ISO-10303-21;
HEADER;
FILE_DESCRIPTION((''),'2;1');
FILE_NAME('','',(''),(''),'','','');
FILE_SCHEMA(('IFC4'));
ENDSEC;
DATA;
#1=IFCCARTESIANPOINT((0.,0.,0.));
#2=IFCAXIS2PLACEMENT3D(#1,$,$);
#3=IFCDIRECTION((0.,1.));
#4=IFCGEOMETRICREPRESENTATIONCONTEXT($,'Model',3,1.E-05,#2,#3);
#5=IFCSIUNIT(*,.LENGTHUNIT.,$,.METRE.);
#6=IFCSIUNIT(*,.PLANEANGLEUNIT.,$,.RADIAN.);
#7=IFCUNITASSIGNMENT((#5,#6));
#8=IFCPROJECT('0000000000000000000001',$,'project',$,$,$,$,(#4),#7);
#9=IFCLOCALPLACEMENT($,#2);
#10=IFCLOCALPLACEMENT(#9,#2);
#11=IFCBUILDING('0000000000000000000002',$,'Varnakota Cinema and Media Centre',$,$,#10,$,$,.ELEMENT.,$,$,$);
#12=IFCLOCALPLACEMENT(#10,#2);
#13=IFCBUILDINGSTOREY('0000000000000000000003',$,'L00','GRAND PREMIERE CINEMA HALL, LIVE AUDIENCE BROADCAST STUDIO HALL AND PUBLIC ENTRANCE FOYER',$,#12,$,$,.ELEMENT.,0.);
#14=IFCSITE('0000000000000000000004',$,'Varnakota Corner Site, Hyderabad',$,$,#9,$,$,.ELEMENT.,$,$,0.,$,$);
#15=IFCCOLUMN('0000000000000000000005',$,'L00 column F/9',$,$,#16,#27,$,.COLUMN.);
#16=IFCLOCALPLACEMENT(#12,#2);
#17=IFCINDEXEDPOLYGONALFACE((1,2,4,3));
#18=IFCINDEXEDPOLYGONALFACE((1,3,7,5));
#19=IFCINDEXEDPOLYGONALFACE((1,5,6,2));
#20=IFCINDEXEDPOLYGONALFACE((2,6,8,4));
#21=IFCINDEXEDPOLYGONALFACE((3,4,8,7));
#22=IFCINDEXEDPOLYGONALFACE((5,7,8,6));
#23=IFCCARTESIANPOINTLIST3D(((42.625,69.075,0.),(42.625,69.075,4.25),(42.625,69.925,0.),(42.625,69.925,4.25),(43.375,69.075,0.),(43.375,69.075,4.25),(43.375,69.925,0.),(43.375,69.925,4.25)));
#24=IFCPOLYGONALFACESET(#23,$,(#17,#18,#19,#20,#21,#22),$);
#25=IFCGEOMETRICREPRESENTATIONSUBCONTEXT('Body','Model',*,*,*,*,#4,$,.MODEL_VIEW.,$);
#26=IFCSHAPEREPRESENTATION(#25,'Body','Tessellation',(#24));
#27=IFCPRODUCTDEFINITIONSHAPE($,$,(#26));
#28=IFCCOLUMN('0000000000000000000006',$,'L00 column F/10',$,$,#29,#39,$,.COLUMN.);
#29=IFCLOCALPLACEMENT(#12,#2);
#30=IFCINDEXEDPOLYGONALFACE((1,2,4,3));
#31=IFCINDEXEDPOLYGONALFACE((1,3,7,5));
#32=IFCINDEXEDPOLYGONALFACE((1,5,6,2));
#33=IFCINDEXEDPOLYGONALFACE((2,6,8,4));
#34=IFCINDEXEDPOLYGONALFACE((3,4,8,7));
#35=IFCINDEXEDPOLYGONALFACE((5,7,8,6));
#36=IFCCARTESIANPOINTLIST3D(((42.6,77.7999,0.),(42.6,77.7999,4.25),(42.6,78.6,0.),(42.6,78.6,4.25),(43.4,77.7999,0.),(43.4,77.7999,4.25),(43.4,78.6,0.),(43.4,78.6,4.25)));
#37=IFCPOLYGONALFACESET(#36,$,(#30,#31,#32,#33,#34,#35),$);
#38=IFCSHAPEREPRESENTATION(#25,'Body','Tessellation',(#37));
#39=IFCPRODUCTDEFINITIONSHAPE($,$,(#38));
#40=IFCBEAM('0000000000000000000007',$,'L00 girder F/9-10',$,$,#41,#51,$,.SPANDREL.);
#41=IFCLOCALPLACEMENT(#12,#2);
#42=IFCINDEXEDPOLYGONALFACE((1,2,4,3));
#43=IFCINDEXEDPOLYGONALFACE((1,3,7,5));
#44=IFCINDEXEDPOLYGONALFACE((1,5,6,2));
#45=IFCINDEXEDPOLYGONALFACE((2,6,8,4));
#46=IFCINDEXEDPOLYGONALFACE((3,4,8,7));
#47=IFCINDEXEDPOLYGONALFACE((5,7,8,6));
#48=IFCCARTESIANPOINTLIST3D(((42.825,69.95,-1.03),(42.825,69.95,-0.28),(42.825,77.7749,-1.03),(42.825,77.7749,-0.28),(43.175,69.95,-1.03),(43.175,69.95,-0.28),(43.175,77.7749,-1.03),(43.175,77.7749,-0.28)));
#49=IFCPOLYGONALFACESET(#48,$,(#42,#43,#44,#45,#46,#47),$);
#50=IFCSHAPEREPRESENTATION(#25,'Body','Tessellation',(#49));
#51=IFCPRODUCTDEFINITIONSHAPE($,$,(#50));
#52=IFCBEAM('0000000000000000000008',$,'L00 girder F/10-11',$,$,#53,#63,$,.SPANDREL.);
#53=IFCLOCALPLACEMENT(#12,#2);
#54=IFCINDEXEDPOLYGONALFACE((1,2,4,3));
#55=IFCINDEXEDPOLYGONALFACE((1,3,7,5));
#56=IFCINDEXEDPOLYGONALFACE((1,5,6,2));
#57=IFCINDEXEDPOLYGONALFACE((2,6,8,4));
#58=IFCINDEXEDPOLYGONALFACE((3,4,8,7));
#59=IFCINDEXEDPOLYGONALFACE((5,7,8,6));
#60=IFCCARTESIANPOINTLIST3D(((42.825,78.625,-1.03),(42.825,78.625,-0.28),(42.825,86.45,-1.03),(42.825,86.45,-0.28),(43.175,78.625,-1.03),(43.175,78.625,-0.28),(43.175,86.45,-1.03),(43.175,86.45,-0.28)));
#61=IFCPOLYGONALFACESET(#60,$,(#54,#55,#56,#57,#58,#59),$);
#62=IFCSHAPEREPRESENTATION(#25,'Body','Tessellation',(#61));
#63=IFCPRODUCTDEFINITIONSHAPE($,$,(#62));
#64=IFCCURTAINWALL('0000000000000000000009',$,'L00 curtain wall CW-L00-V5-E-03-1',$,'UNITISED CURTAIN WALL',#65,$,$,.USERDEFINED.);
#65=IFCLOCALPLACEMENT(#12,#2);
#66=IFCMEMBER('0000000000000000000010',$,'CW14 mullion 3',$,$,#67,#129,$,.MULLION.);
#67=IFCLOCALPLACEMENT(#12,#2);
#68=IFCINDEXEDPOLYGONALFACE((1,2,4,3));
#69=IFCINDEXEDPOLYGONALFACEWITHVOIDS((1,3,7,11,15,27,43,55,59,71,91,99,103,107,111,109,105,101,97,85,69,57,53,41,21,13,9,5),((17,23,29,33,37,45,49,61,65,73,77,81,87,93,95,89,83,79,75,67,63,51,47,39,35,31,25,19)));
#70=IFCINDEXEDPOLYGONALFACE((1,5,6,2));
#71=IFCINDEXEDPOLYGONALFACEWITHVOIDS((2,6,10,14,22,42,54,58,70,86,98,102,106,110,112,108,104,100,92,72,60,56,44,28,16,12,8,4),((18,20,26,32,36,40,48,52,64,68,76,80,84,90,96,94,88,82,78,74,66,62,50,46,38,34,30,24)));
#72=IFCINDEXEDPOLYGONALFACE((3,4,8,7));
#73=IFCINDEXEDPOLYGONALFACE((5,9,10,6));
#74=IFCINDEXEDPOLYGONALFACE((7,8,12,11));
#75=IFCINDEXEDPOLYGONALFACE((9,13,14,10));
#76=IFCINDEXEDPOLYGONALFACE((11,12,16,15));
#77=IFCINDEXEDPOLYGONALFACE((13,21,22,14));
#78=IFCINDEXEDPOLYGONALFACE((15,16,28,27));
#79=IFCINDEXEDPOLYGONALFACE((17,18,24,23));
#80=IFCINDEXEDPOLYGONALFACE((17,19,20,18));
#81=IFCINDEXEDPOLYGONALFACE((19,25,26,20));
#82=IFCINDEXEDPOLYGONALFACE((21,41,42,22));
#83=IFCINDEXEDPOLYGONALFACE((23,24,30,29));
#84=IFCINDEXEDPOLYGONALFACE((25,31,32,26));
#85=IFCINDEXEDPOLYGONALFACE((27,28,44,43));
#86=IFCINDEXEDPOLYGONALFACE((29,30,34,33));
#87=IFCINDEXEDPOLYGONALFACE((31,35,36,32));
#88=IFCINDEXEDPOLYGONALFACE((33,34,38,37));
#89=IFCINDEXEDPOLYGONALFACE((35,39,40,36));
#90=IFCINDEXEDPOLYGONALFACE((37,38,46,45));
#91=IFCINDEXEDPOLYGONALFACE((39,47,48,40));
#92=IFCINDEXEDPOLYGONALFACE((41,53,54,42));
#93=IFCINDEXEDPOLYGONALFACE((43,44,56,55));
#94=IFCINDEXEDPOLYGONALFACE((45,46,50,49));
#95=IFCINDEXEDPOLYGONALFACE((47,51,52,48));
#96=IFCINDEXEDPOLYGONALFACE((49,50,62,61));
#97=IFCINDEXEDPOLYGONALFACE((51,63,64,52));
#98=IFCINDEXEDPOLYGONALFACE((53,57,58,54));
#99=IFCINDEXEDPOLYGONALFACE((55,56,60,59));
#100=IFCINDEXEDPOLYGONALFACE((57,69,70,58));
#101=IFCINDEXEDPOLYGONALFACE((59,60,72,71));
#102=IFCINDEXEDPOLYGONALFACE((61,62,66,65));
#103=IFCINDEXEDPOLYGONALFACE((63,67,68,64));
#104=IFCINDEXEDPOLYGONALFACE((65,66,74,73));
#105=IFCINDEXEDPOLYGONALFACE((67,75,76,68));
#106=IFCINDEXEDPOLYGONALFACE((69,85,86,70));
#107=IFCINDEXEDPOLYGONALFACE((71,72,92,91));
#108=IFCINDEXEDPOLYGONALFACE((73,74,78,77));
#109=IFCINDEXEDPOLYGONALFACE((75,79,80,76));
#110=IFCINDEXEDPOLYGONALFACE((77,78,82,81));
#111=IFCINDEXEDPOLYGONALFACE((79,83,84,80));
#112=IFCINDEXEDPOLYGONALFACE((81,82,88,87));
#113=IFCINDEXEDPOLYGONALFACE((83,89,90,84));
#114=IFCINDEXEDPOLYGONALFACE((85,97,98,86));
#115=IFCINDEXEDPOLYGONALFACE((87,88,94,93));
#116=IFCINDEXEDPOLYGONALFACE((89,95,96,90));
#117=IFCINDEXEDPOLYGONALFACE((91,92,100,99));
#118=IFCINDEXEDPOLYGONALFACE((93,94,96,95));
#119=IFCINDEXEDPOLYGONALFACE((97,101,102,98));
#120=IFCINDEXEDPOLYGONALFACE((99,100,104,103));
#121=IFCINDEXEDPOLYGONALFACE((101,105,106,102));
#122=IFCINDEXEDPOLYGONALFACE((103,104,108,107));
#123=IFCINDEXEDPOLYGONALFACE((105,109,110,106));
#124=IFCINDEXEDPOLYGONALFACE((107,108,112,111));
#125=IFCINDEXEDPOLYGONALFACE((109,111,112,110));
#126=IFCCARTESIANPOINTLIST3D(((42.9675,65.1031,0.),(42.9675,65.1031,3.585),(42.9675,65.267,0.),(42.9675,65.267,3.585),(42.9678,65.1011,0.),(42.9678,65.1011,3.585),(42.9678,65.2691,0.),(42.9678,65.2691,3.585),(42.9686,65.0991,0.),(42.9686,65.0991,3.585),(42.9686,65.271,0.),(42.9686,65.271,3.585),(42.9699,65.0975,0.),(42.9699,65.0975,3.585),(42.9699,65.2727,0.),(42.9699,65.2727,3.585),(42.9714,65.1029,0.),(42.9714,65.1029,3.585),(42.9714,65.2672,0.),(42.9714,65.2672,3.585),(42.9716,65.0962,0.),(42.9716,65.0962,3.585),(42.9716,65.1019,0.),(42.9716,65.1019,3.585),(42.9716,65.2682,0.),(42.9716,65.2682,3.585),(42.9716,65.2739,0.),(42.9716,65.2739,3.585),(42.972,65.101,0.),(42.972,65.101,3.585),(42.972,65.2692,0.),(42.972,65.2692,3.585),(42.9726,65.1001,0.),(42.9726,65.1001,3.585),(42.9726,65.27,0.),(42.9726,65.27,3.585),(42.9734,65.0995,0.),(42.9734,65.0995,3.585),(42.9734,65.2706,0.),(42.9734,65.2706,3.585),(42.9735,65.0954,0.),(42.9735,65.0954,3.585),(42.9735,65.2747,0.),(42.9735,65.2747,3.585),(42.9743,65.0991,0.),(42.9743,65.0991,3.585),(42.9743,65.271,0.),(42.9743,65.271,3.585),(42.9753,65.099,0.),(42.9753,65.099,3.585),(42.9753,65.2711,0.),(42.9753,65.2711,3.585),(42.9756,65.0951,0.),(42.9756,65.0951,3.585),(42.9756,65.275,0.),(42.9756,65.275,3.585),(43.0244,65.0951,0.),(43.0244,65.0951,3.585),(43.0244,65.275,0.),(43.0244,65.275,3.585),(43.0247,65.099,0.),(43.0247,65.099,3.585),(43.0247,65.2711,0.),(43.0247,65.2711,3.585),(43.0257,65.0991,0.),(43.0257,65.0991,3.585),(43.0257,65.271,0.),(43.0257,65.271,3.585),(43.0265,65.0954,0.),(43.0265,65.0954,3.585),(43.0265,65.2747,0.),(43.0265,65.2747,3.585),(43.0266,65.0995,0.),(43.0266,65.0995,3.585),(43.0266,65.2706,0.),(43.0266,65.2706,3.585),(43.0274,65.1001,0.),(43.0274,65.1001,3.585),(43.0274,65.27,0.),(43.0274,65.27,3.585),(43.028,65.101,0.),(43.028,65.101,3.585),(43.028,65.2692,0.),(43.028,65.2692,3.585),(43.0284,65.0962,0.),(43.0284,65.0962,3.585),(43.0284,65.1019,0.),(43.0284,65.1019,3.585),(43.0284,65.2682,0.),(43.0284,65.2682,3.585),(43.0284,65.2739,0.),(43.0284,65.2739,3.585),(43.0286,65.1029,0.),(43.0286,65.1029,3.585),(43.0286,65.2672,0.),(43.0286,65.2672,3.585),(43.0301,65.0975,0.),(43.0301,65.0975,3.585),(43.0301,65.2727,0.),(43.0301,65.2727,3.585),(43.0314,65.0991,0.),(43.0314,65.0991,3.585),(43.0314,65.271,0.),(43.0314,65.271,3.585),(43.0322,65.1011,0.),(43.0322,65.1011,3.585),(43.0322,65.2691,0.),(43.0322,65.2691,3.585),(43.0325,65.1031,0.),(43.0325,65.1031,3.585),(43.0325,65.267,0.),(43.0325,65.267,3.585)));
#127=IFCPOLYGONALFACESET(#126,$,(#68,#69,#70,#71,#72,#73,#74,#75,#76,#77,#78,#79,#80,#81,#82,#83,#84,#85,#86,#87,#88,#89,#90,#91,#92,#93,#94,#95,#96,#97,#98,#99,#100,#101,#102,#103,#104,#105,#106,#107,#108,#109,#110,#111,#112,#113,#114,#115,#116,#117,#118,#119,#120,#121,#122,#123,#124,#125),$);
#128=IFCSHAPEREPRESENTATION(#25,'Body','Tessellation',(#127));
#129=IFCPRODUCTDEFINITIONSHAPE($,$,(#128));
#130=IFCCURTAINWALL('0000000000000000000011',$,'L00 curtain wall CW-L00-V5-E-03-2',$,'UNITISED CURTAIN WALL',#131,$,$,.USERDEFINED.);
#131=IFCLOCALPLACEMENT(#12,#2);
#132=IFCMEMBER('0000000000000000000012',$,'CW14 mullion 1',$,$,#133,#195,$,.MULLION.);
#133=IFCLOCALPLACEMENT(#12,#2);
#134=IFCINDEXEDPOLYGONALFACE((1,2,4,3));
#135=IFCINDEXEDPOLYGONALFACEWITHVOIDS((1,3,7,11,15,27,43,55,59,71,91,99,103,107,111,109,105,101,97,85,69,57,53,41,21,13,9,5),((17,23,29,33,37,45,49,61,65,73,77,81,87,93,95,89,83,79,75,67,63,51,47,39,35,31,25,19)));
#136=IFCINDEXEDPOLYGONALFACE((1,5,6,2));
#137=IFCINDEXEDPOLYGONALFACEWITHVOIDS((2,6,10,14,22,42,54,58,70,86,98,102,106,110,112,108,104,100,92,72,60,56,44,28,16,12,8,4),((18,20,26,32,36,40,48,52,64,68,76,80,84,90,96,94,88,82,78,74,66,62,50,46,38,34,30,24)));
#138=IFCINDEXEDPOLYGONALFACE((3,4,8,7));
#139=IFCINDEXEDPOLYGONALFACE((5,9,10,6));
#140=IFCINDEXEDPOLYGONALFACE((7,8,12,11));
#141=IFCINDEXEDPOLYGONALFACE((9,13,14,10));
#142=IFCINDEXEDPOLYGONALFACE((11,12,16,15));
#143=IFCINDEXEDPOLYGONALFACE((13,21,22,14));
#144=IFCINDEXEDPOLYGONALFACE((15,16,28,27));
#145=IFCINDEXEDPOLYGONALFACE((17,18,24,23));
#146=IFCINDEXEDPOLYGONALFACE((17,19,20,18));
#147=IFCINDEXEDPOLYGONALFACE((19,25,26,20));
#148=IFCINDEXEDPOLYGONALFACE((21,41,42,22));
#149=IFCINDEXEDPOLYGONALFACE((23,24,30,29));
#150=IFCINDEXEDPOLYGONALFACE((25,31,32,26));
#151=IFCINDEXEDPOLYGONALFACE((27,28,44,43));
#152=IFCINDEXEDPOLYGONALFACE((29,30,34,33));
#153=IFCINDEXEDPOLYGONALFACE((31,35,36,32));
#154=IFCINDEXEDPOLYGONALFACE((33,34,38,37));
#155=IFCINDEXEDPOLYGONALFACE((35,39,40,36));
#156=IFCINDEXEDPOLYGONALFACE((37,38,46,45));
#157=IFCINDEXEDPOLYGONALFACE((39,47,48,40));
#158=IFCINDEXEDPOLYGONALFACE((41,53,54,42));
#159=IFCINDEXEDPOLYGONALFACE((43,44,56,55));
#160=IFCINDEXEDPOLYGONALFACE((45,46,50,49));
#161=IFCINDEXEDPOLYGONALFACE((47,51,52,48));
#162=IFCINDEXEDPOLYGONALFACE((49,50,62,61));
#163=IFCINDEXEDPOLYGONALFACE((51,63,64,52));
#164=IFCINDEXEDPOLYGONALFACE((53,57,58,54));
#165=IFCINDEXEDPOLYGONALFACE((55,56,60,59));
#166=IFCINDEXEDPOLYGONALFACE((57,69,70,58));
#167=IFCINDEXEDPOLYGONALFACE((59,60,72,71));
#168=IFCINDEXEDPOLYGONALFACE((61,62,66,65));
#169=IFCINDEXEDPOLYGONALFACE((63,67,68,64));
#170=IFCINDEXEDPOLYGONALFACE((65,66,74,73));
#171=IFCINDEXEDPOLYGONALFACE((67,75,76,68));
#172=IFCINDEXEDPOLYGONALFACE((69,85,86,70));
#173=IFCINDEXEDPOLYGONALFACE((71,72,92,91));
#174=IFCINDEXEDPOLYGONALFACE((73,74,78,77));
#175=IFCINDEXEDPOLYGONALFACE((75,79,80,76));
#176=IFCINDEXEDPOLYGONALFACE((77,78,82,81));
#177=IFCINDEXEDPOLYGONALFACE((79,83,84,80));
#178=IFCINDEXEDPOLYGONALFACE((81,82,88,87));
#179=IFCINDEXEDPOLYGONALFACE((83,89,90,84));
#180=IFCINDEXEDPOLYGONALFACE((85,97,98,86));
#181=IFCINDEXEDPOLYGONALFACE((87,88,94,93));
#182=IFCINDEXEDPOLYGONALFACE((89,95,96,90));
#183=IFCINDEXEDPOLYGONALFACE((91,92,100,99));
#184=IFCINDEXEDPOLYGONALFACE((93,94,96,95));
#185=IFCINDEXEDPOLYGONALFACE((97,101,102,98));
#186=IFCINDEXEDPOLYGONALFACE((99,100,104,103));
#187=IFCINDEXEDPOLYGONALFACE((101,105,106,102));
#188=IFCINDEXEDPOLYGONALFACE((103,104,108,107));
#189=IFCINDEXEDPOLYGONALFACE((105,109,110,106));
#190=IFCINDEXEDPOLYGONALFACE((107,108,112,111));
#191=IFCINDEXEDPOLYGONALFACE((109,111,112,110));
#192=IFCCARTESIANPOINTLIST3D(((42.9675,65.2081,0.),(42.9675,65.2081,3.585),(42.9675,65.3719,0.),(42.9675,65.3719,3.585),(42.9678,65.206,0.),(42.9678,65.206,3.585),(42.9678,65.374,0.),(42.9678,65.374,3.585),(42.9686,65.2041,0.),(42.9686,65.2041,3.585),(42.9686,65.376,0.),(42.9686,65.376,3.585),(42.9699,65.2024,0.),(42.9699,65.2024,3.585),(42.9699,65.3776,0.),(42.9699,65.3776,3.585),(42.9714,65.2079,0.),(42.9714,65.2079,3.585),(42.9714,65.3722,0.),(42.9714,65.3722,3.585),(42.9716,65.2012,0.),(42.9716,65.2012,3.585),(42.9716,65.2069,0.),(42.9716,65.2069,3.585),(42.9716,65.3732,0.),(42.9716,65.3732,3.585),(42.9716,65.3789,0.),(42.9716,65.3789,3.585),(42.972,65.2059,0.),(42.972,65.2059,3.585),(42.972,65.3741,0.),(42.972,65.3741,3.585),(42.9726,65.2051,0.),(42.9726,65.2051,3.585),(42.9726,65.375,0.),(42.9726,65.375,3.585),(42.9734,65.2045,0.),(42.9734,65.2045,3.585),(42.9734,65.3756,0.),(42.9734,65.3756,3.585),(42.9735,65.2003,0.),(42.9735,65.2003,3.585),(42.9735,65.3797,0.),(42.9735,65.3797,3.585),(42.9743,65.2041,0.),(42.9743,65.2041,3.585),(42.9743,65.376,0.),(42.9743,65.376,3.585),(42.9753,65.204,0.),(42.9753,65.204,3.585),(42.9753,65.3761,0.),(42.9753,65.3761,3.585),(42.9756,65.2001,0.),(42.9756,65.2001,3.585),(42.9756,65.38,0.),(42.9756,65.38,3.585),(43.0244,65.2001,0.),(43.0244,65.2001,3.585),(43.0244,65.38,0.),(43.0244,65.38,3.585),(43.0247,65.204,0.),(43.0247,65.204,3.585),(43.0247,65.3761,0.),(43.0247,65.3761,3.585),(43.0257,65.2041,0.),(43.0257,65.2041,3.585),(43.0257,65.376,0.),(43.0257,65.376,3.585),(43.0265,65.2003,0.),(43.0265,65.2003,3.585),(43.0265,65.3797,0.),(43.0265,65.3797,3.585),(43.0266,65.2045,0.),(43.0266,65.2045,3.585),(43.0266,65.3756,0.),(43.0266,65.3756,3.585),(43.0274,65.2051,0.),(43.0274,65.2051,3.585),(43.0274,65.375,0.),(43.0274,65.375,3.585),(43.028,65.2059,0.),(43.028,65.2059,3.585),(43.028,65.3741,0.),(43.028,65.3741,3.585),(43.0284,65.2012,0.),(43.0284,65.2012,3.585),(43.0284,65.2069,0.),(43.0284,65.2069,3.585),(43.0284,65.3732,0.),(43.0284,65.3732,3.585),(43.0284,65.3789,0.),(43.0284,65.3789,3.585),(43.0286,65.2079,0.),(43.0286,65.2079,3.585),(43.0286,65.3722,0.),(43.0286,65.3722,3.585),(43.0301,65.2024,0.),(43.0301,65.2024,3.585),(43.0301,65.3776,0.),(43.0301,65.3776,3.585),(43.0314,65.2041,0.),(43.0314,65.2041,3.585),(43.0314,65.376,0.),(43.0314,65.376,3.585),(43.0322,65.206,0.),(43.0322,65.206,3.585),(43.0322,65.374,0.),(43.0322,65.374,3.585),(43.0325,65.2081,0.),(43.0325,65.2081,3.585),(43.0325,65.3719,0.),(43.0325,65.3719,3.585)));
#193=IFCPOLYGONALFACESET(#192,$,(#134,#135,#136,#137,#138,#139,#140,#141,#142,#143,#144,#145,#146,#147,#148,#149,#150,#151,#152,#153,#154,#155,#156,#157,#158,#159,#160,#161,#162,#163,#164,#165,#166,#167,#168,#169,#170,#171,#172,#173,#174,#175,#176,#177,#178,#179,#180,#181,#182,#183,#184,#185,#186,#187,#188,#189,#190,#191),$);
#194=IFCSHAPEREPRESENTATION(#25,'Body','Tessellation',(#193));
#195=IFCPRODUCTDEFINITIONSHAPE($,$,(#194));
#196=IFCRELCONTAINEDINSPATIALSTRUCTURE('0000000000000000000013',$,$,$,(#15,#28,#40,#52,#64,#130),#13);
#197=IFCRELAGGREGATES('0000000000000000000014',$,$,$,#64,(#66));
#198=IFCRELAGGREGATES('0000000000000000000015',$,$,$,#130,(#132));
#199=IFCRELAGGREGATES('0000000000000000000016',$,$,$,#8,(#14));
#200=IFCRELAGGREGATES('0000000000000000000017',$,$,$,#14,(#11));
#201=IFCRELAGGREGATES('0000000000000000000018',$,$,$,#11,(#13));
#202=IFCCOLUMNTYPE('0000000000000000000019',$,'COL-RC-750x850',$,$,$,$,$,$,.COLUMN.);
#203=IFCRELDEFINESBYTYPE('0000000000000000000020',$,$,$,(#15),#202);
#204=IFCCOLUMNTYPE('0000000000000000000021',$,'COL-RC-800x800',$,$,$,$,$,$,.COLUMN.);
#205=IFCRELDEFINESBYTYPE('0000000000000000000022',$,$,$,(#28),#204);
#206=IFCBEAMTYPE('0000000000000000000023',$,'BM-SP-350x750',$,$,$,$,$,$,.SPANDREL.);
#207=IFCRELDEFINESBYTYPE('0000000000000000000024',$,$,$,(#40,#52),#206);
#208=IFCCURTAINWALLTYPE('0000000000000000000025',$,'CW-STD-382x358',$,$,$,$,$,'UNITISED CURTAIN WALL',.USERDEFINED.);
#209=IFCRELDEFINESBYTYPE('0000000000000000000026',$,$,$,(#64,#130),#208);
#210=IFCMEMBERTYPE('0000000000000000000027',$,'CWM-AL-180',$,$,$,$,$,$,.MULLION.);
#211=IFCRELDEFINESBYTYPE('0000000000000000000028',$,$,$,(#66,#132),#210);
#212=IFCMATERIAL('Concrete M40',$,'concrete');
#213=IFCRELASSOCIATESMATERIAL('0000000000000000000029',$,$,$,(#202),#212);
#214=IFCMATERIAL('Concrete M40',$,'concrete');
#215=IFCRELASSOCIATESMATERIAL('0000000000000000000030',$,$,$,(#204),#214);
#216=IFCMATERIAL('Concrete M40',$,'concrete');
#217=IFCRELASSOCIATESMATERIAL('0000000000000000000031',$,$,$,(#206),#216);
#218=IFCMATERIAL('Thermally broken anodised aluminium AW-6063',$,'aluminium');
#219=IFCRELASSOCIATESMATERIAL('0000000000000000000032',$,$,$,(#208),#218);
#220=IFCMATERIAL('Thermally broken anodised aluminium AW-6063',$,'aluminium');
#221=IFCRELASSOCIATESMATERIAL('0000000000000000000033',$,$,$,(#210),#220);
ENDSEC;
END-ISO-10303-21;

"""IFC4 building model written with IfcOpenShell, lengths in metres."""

from ifc_helpers import new_model, si_unit, direction, frame, origin, origin_2d, place, context, subcontext, project, spatial, rectangle, hollow_rectangle, extrude, material, material_profile, profile_set, type_object, element, aggregate, save


model = new_model("IFC4")

# Units and contexts
model_context = context("Model", 3, precision=1e-05, world=origin(), true_north=direction((0.0, 1.0)))
body_context = subcontext(model_context, "Body", "Model", "MODEL_VIEW")
ifc_project = project(units=[si_unit("LENGTHUNIT", "METRE"), si_unit("PLANEANGLEUNIT", "RADIAN")], contexts=[model_context])

# Site, building, storey
site_placement = place(None, origin())
site = spatial("IfcSite", under=ifc_project, at=site_placement, Name="Varnakota Corner Site, Hyderabad", CompositionType="ELEMENT", RefElevation=0.0)
building_placement = place(site_placement, origin())
building = spatial("IfcBuilding", under=site, at=building_placement, Name="Varnakota Cinema and Media Centre", CompositionType="ELEMENT")
storey_placement = place(building_placement, origin())
storey = spatial("IfcBuildingStorey", under=building, at=storey_placement, Name="L00", Description="GRAND PREMIERE CINEMA HALL, LIVE AUDIENCE BROADCAST STUDIO HALL AND PUBLIC ENTRANCE FOYER", CompositionType="ELEMENT", Elevation=0.0)

# Columns
ifc_material_1 = material(Name="Concrete M40", Category="concrete")
ifc_material_profile_1 = material_profile(ifc_material_1, rectangle(XDim=0.75, YDim=0.8501, at=origin_2d()), Name="RC 750x850")
ifc_profile_set_1 = profile_set([ifc_material_profile_1], Name="Concrete M40")
column_type_1 = type_object("IfcColumnType", Name="COL-RC-750x850", PredefinedType="COLUMN", material=ifc_profile_set_1)
column_1_placement = place(storey_placement, frame((43.0, 69.5, 0.0), z_axis=(0.0, 0.0, 1.0), x_axis=(1.0, 0.0, 0.0)))
element("IfcColumn", 1, at=column_1_placement, inside=storey, type_object=column_type_1, Name="L00 column F/9", PredefinedType="COLUMN", context=body_context, shape_type="SweptSolid", body=[
    extrude(rectangle(XDim=0.75, YDim=0.8501, at=origin_2d()), origin(), (0.0, 0.0, 1.0), 4.25),
])
ifc_material_2 = material(Name="Concrete M40", Category="concrete")
ifc_material_profile_2 = material_profile(ifc_material_2, rectangle(XDim=0.8, YDim=0.8, at=origin_2d()), Name="RC 800x800")
ifc_profile_set_2 = profile_set([ifc_material_profile_2], Name="Concrete M40")
column_type_2 = type_object("IfcColumnType", Name="COL-RC-800x800", PredefinedType="COLUMN", material=ifc_profile_set_2)
column_2_placement = place(storey_placement, frame((43.0, 78.2, 0.0), z_axis=(0.0, 0.0, 1.0), x_axis=(1.0, 0.0, 0.0)))
element("IfcColumn", 2, at=column_2_placement, inside=storey, type_object=column_type_2, Name="L00 column F/10", PredefinedType="COLUMN", context=body_context, shape_type="SweptSolid", body=[
    extrude(rectangle(XDim=0.8, YDim=0.8, at=origin_2d()), origin(), (0.0, 0.0, 1.0), 4.25),
])

# Beams
ifc_material_3 = material(Name="Concrete M40", Category="concrete")
ifc_material_profile_3 = material_profile(ifc_material_3, rectangle(XDim=0.3501, YDim=0.75, at=origin_2d()), Name="RCB 350x750")
ifc_profile_set_3 = profile_set([ifc_material_profile_3], Name="Concrete M40")
beam_type = type_object("IfcBeamType", Name="BM-SP-350x750", PredefinedType="SPANDREL", material=ifc_profile_set_3)
for number, where, z_axis, x_axis, name in (
    (3, (43.0, 69.95, -0.655), (0.0, 1.0, 0.0), (-1.0, 0.0, 0.0), "L00 girder F/9-10"),
    (4, (43.0, 78.625, -0.655), (0.0, 1.0, 0.0), (-1.0, 0.0, 0.0), "L00 girder F/10-11"),
):
    element("IfcBeam", number, at=place(storey_placement, frame(where, z_axis=z_axis, x_axis=x_axis)), inside=storey, type_object=beam_type, Name=name, PredefinedType="SPANDREL", context=body_context, shape_type="SweptSolid", body=[
        extrude(rectangle(XDim=0.3501, YDim=0.75, at=origin_2d()), origin(), (0.0, 0.0, 1.0), 7.825),
    ])

# Curtain wall, member
ifc_material_4 = material(Name="Thermally broken anodised aluminium AW-6063", Category="aluminium")
curtain_wall_type = type_object("IfcCurtainWallType", Name="CW-STD-382x358", ElementType="UNITISED CURTAIN WALL", PredefinedType="USERDEFINED", material=ifc_material_4)
curtain_wall_1_placement = place(storey_placement, origin())
curtain_wall_1 = element("IfcCurtainWall", 5, at=curtain_wall_1_placement, inside=storey, type_object=curtain_wall_type, Name="L00 curtain wall CW-L00-V5-E-03-1", ObjectType="UNITISED CURTAIN WALL", PredefinedType="USERDEFINED")
ifc_material_5 = material(Name="Thermally broken anodised aluminium AW-6063", Category="aluminium")
ifc_material_profile_4 = material_profile(ifc_material_5, hollow_rectangle(XDim=0.0649, YDim=0.1799, WallThickness=0.0039, InnerFilletRadius=0.0039, OuterFilletRadius=0.0081, at=origin_2d()), Name="AL-MULLION 180x65x4")
ifc_profile_set_4 = profile_set([ifc_material_profile_4], Name="Thermally broken anodised aluminium AW-6063")
member_type_1 = type_object("IfcMemberType", Name="CWM-AL-180", PredefinedType="MULLION", material=ifc_profile_set_4)
member_1_placement = place(storey_placement, frame((43.0, 65.1851, 0.0), z_axis=(0.0, 0.0, 1.0), x_axis=(-1.0, 0.0, 0.0)))
member_1 = element("IfcMember", 6, at=member_1_placement, type_object=member_type_1, Name="CW14 mullion 3", PredefinedType="MULLION", context=body_context, shape_type="SweptSolid", body=[
    extrude(hollow_rectangle(XDim=0.0649, YDim=0.1799, WallThickness=0.0039, InnerFilletRadius=0.0039, OuterFilletRadius=0.0081, at=origin_2d()), origin(), (0.0, 0.0, 1.0), 3.585),
])

# Curtain wall, member
curtain_wall_2_placement = place(storey_placement, origin())
curtain_wall_2 = element("IfcCurtainWall", 7, at=curtain_wall_2_placement, inside=storey, type_object=curtain_wall_type, Name="L00 curtain wall CW-L00-V5-E-03-2", ObjectType="UNITISED CURTAIN WALL", PredefinedType="USERDEFINED")
member_2_placement = place(storey_placement, frame((43.0, 65.29, 0.0), z_axis=(0.0, 0.0, 1.0), x_axis=(-1.0, 0.0, 0.0)))
member_2 = element("IfcMember", 8, at=member_2_placement, type_object=member_type_1, Name="CW14 mullion 1", PredefinedType="MULLION", context=body_context, shape_type="SweptSolid", body=[
    extrude(hollow_rectangle(XDim=0.0649, YDim=0.1799, WallThickness=0.0039, InnerFilletRadius=0.0039, OuterFilletRadius=0.0081, at=origin_2d()), origin(), (0.0, 0.0, 1.0), 3.585),
])

aggregate(curtain_wall_1, [member_1])
aggregate(curtain_wall_2, [member_2])

save(model, "model.ifc")
